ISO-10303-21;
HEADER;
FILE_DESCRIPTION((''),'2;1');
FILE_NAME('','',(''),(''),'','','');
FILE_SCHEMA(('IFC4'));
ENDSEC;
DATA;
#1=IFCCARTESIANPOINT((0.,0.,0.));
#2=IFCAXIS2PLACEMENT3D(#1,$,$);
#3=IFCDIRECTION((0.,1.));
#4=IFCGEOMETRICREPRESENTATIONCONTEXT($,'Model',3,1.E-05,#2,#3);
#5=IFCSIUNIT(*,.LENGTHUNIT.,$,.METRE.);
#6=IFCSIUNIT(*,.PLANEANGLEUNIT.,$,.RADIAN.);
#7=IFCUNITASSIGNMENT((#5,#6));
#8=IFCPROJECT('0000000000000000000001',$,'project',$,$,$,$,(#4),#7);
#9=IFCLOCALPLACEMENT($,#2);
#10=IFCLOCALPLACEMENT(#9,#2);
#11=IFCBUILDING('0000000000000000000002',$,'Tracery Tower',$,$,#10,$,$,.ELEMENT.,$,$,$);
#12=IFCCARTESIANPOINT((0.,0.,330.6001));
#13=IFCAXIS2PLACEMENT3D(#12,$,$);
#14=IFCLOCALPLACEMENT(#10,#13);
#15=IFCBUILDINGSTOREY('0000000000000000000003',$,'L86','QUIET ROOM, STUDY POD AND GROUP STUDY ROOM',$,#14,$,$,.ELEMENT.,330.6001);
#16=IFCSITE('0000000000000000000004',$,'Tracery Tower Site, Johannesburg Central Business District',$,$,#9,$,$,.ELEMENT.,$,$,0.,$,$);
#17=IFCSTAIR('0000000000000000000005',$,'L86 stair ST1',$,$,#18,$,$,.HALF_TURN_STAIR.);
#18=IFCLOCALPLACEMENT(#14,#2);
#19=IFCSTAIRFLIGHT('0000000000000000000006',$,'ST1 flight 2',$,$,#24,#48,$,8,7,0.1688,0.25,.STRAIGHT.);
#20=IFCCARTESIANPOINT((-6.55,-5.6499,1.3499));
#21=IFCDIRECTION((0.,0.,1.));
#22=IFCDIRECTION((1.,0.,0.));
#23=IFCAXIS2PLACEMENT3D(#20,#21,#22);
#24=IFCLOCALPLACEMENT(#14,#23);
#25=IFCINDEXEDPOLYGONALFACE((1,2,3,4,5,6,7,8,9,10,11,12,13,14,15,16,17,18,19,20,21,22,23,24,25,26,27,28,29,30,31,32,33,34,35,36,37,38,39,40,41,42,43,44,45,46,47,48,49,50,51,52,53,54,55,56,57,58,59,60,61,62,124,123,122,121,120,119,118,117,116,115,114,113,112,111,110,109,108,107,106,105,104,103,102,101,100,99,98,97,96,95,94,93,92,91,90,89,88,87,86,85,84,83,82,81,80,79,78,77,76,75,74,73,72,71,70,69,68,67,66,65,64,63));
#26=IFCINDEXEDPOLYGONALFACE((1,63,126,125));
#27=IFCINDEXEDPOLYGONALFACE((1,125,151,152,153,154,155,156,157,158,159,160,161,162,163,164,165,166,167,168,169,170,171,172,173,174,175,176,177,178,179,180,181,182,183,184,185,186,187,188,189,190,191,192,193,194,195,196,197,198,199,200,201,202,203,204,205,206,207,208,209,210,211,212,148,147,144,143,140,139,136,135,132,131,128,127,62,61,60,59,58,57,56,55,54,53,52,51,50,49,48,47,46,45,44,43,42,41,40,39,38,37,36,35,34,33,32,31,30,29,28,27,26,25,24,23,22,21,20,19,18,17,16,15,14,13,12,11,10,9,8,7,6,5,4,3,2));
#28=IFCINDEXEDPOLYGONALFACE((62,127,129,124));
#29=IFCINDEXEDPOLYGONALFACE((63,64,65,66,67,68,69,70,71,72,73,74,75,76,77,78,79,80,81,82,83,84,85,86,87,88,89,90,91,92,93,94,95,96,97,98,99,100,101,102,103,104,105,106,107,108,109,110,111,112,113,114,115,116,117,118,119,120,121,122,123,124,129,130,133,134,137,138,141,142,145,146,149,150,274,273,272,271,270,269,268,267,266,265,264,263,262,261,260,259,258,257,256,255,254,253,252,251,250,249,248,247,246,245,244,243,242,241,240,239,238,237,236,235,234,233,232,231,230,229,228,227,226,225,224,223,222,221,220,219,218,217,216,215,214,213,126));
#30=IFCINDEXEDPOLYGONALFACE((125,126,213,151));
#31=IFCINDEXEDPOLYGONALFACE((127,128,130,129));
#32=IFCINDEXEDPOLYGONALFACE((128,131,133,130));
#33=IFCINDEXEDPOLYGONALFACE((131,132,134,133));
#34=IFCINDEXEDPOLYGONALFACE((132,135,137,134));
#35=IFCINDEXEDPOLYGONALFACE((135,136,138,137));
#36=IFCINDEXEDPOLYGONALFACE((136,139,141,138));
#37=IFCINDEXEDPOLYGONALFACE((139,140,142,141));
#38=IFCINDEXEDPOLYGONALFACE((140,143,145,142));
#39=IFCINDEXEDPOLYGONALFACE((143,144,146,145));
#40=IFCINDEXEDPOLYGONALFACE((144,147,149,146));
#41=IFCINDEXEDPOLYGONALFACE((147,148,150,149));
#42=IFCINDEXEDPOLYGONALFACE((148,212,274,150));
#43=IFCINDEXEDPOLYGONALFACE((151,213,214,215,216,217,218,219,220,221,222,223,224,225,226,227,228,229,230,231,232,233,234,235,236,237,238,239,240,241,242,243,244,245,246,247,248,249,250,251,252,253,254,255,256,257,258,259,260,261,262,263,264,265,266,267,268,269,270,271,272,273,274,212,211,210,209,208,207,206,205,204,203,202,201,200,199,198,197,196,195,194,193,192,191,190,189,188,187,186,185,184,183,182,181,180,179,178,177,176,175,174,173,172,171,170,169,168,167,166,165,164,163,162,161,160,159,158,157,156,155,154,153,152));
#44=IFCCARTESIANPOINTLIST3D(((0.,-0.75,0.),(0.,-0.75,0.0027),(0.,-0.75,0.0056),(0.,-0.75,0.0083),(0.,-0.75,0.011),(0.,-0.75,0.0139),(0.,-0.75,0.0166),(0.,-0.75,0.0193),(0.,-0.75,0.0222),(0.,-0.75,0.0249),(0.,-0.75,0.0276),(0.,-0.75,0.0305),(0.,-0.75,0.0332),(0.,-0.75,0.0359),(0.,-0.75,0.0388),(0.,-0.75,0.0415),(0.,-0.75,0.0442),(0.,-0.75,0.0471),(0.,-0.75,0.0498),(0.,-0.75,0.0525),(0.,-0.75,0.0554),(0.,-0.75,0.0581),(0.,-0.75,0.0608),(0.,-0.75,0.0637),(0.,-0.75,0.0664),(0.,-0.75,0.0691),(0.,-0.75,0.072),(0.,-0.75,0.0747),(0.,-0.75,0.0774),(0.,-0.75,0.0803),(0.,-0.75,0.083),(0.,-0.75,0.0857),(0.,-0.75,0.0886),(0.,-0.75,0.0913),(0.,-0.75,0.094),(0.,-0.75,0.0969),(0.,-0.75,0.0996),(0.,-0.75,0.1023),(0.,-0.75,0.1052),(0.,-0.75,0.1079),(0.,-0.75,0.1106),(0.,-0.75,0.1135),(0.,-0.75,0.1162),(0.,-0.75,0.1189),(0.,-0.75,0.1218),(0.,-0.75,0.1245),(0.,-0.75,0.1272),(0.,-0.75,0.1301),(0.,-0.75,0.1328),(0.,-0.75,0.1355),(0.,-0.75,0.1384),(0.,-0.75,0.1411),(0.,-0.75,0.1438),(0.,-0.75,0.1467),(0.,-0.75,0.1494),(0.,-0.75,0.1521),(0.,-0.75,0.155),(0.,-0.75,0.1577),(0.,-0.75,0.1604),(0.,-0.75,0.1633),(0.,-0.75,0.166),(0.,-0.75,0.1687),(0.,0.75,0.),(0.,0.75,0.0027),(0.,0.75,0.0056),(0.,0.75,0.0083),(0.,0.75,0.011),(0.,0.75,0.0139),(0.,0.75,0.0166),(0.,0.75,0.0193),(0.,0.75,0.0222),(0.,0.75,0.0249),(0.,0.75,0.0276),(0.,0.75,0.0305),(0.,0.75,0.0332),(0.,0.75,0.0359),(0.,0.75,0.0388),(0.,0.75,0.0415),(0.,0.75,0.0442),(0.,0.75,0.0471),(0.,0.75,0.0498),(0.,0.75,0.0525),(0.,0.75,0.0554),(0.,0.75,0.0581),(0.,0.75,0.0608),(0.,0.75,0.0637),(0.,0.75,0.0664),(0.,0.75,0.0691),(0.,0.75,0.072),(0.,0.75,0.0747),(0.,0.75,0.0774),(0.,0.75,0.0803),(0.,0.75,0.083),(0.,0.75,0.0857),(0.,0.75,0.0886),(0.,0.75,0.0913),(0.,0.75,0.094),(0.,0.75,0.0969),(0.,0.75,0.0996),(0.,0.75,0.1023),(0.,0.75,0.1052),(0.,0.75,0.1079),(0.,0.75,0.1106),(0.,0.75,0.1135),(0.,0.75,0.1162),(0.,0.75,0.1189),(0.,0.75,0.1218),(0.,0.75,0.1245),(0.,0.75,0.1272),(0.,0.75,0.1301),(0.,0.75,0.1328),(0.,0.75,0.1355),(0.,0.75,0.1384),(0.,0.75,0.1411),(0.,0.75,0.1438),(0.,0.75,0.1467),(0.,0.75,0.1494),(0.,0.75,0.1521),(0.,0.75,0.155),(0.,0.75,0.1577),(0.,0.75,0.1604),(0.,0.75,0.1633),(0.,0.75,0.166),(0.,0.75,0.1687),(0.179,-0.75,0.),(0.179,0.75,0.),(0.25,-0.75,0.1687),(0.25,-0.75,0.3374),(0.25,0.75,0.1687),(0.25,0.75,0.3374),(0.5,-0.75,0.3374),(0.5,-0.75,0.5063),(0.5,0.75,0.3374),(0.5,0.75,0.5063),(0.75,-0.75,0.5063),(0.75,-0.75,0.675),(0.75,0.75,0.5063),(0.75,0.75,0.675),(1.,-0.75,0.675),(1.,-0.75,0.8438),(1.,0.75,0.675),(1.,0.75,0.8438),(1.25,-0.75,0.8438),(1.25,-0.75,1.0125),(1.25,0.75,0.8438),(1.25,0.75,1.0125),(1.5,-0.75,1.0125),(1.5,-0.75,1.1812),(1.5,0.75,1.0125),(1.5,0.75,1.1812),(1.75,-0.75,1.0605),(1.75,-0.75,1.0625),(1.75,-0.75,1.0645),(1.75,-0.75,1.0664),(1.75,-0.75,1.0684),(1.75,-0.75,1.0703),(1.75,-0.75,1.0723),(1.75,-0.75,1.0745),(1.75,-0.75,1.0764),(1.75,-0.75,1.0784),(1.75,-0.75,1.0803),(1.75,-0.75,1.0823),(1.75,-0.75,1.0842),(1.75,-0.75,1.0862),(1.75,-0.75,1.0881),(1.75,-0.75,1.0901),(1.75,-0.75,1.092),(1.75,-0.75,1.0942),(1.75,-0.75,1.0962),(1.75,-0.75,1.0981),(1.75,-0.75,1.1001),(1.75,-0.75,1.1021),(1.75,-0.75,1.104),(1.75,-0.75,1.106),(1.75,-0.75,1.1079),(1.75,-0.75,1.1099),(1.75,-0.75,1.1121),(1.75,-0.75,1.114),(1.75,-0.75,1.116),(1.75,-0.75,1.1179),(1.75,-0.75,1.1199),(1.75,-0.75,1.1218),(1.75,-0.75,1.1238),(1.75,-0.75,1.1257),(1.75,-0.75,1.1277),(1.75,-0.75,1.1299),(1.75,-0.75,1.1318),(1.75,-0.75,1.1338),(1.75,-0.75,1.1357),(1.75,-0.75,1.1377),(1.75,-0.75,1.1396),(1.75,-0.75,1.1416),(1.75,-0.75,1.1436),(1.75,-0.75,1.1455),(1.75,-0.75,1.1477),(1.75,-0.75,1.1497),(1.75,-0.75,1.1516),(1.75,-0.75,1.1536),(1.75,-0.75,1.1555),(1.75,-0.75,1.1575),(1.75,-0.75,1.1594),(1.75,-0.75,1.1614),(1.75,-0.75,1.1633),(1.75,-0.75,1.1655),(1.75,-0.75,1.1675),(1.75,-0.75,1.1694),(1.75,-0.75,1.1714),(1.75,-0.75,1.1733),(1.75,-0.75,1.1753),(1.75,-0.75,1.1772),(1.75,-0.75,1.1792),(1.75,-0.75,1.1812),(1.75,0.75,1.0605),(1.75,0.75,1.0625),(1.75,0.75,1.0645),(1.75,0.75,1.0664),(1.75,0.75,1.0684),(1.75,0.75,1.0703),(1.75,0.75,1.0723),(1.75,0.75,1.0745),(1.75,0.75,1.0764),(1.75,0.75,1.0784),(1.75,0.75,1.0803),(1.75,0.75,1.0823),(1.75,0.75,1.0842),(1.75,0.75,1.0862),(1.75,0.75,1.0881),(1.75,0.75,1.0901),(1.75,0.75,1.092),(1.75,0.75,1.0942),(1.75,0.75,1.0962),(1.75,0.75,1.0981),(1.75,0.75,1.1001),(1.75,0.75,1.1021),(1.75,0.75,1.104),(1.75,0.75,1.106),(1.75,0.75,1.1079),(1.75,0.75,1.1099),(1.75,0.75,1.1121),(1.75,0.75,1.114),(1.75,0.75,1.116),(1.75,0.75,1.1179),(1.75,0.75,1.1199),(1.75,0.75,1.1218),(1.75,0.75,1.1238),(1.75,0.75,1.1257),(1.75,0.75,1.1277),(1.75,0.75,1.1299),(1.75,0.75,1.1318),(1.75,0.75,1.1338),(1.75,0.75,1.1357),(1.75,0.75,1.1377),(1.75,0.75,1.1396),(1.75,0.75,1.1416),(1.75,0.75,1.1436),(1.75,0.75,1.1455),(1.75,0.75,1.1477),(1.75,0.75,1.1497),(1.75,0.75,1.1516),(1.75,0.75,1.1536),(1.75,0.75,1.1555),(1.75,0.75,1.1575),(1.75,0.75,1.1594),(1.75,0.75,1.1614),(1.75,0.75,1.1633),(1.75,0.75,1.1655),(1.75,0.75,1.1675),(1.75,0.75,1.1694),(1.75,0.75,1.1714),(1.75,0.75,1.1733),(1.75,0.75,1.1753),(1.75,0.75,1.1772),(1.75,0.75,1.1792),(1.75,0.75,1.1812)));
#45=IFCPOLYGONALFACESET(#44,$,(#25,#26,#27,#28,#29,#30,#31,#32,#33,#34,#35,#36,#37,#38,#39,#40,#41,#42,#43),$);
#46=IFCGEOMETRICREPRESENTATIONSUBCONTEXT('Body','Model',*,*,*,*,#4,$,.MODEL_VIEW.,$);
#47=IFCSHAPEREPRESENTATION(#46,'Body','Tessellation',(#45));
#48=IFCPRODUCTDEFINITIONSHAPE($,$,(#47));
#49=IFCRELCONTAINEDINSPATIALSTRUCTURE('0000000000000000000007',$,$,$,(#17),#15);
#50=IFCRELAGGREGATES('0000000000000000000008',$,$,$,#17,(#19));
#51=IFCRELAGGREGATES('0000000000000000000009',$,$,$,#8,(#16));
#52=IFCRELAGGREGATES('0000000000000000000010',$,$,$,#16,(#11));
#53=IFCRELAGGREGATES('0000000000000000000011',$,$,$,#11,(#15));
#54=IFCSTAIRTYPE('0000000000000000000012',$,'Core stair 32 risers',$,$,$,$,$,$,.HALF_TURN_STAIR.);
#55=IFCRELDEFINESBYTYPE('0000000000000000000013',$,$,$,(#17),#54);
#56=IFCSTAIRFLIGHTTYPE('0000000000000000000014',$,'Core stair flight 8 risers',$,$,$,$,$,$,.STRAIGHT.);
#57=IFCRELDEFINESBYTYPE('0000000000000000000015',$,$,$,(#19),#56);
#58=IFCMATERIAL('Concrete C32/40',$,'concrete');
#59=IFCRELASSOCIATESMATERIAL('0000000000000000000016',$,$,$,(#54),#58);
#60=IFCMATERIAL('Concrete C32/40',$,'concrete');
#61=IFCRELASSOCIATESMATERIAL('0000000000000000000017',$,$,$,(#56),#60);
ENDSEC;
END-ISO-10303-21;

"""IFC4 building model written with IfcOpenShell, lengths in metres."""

from ifc_helpers import new_model, si_unit, direction, frame, origin, place, context, subcontext, project, spatial, polyline, outline, extrude, material, type_object, element, aggregate, save


model = new_model("IFC4")

# Units and contexts
model_context = context("Model", 3, precision=1e-05, world=origin(), true_north=direction((0.0, 1.0)))
body_context = subcontext(model_context, "Body", "Model", "MODEL_VIEW")
ifc_project = project(units=[si_unit("LENGTHUNIT", "METRE"), si_unit("PLANEANGLEUNIT", "RADIAN")], contexts=[model_context])

# Site, building, storey
site_placement = place(None, origin())
site = spatial("IfcSite", under=ifc_project, at=site_placement, Name="Tracery Tower Site, Johannesburg Central Business District", CompositionType="ELEMENT", RefElevation=0.0)
building_placement = place(site_placement, origin())
building = spatial("IfcBuilding", under=site, at=building_placement, Name="Tracery Tower", CompositionType="ELEMENT")
storey_placement = place(building_placement, frame((0.0, 0.0, 330.6001)))
storey = spatial("IfcBuildingStorey", under=building, at=storey_placement, Name="L86", Description="QUIET ROOM, STUDY POD AND GROUP STUDY ROOM", CompositionType="ELEMENT", Elevation=330.6001)

# Stair, stair flight
ifc_material_1 = material(Name="Concrete C32/40", Category="concrete")
stair_type = type_object("IfcStairType", Name="Core stair 32 risers", PredefinedType="HALF_TURN_STAIR", material=ifc_material_1)
stair_placement = place(storey_placement, origin())
stair = element("IfcStair", 1, at=stair_placement, inside=storey, type_object=stair_type, Name="L86 stair ST1", PredefinedType="HALF_TURN_STAIR")
ifc_material_2 = material(Name="Concrete C32/40", Category="concrete")
stair_flight_type = type_object("IfcStairFlightType", Name="Core stair flight 8 risers", PredefinedType="STRAIGHT", material=ifc_material_2)
stair_flight_placement = place(storey_placement, frame((-6.55, -5.6499, 1.3499), z_axis=(0.0, 0.0, 1.0), x_axis=(1.0, 0.0, 0.0)))
stair_flight = element("IfcStairFlight", 2, at=stair_flight_placement, type_object=stair_flight_type, Name="ST1 flight 2", NumberOfRisers=8, NumberOfTreads=7, PredefinedType="STRAIGHT", RiserHeight=0.1688, TreadLength=0.25, context=body_context, shape_type="SweptSolid", body=[
    extrude(outline(polyline([(0.0, 0.0), (0.0, 0.0027), (0.0, 0.0056), (0.0, 0.0083), (0.0, 0.011), (0.0, 0.0139), (0.0, 0.0166), (0.0, 0.0193), (0.0, 0.0222), (0.0, 0.0249), (0.0, 0.0276), (0.0, 0.0305), (0.0, 0.0332), (0.0, 0.0359), (0.0, 0.0388), (0.0, 0.0415), (0.0, 0.0442), (0.0, 0.0471), (0.0, 0.0498), (0.0, 0.0525), (0.0, 0.0554), (0.0, 0.0581), (0.0, 0.0608), (0.0, 0.0637), (0.0, 0.0664), (0.0, 0.0691), (0.0, 0.072), (0.0, 0.0747), (0.0, 0.0774), (0.0, 0.0803), (0.0, 0.083), (0.0, 0.0857), (0.0, 0.0886), (0.0, 0.0913), (0.0, 0.094), (0.0, 0.0969), (0.0, 0.0996), (0.0, 0.1023), (0.0, 0.1052), (0.0, 0.1079), (0.0, 0.1106), (0.0, 0.1135), (0.0, 0.1162), (0.0, 0.1189), (0.0, 0.1218), (0.0, 0.1245), (0.0, 0.1272), (0.0, 0.1301), (0.0, 0.1328), (0.0, 0.1355), (0.0, 0.1384), (0.0, 0.1411), (0.0, 0.1438), (0.0, 0.1467), (0.0, 0.1494), (0.0, 0.1521), (0.0, 0.155), (0.0, 0.1577), (0.0, 0.1604), (0.0, 0.1633), (0.0, 0.166), (0.0, 0.1687), (0.25, 0.1687), (0.25, 0.3374), (0.5, 0.3374), (0.5, 0.5063), (0.75, 0.5063), (0.75, 0.675), (1.0, 0.675), (1.0, 0.8438), (1.25, 0.8438), (1.25, 1.0125), (1.5, 1.0125), (1.5, 1.1812), (1.75, 1.1812), (1.75, 1.1792), (1.75, 1.1772), (1.75, 1.1753), (1.75, 1.1733), (1.75, 1.1714), (1.75, 1.1694), (1.75, 1.1675), (1.75, 1.1655), (1.75, 1.1633), (1.75, 1.1614), (1.75, 1.1594), (1.75, 1.1575), (1.75, 1.1555), (1.75, 1.1536), (1.75, 1.1516), (1.75, 1.1497), (1.75, 1.1477), (1.75, 1.1455), (1.75, 1.1436), (1.75, 1.1416), (1.75, 1.1396), (1.75, 1.1377), (1.75, 1.1357), (1.75, 1.1338), (1.75, 1.1318), (1.75, 1.1299), (1.75, 1.1277), (1.75, 1.1257), (1.75, 1.1238), (1.75, 1.1218), (1.75, 1.1199), (1.75, 1.1179), (1.75, 1.116), (1.75, 1.114), (1.75, 1.1121), (1.75, 1.1099), (1.75, 1.1079), (1.75, 1.106), (1.75, 1.104), (1.75, 1.1021), (1.75, 1.1001), (1.75, 1.0981), (1.75, 1.0962), (1.75, 1.0942), (1.75, 1.092), (1.75, 1.0901), (1.75, 1.0881), (1.75, 1.0862), (1.75, 1.0842), (1.75, 1.0823), (1.75, 1.0803), (1.75, 1.0784), (1.75, 1.0764), (1.75, 1.0745), (1.75, 1.0723), (1.75, 1.0703), (1.75, 1.0684), (1.75, 1.0664), (1.75, 1.0645), (1.75, 1.0625), (1.75, 1.0605), (0.179, 0.0), (0.0, 0.0)])), frame((0.0, 0.75, 0.0), z_axis=(0.0, -1.0, 0.0), x_axis=(1.0, 0.0, 0.0)), (0.0, 0.0, 1.0), 1.5),
])
aggregate(stair, [stair_flight])

save(model, "model.ifc")
